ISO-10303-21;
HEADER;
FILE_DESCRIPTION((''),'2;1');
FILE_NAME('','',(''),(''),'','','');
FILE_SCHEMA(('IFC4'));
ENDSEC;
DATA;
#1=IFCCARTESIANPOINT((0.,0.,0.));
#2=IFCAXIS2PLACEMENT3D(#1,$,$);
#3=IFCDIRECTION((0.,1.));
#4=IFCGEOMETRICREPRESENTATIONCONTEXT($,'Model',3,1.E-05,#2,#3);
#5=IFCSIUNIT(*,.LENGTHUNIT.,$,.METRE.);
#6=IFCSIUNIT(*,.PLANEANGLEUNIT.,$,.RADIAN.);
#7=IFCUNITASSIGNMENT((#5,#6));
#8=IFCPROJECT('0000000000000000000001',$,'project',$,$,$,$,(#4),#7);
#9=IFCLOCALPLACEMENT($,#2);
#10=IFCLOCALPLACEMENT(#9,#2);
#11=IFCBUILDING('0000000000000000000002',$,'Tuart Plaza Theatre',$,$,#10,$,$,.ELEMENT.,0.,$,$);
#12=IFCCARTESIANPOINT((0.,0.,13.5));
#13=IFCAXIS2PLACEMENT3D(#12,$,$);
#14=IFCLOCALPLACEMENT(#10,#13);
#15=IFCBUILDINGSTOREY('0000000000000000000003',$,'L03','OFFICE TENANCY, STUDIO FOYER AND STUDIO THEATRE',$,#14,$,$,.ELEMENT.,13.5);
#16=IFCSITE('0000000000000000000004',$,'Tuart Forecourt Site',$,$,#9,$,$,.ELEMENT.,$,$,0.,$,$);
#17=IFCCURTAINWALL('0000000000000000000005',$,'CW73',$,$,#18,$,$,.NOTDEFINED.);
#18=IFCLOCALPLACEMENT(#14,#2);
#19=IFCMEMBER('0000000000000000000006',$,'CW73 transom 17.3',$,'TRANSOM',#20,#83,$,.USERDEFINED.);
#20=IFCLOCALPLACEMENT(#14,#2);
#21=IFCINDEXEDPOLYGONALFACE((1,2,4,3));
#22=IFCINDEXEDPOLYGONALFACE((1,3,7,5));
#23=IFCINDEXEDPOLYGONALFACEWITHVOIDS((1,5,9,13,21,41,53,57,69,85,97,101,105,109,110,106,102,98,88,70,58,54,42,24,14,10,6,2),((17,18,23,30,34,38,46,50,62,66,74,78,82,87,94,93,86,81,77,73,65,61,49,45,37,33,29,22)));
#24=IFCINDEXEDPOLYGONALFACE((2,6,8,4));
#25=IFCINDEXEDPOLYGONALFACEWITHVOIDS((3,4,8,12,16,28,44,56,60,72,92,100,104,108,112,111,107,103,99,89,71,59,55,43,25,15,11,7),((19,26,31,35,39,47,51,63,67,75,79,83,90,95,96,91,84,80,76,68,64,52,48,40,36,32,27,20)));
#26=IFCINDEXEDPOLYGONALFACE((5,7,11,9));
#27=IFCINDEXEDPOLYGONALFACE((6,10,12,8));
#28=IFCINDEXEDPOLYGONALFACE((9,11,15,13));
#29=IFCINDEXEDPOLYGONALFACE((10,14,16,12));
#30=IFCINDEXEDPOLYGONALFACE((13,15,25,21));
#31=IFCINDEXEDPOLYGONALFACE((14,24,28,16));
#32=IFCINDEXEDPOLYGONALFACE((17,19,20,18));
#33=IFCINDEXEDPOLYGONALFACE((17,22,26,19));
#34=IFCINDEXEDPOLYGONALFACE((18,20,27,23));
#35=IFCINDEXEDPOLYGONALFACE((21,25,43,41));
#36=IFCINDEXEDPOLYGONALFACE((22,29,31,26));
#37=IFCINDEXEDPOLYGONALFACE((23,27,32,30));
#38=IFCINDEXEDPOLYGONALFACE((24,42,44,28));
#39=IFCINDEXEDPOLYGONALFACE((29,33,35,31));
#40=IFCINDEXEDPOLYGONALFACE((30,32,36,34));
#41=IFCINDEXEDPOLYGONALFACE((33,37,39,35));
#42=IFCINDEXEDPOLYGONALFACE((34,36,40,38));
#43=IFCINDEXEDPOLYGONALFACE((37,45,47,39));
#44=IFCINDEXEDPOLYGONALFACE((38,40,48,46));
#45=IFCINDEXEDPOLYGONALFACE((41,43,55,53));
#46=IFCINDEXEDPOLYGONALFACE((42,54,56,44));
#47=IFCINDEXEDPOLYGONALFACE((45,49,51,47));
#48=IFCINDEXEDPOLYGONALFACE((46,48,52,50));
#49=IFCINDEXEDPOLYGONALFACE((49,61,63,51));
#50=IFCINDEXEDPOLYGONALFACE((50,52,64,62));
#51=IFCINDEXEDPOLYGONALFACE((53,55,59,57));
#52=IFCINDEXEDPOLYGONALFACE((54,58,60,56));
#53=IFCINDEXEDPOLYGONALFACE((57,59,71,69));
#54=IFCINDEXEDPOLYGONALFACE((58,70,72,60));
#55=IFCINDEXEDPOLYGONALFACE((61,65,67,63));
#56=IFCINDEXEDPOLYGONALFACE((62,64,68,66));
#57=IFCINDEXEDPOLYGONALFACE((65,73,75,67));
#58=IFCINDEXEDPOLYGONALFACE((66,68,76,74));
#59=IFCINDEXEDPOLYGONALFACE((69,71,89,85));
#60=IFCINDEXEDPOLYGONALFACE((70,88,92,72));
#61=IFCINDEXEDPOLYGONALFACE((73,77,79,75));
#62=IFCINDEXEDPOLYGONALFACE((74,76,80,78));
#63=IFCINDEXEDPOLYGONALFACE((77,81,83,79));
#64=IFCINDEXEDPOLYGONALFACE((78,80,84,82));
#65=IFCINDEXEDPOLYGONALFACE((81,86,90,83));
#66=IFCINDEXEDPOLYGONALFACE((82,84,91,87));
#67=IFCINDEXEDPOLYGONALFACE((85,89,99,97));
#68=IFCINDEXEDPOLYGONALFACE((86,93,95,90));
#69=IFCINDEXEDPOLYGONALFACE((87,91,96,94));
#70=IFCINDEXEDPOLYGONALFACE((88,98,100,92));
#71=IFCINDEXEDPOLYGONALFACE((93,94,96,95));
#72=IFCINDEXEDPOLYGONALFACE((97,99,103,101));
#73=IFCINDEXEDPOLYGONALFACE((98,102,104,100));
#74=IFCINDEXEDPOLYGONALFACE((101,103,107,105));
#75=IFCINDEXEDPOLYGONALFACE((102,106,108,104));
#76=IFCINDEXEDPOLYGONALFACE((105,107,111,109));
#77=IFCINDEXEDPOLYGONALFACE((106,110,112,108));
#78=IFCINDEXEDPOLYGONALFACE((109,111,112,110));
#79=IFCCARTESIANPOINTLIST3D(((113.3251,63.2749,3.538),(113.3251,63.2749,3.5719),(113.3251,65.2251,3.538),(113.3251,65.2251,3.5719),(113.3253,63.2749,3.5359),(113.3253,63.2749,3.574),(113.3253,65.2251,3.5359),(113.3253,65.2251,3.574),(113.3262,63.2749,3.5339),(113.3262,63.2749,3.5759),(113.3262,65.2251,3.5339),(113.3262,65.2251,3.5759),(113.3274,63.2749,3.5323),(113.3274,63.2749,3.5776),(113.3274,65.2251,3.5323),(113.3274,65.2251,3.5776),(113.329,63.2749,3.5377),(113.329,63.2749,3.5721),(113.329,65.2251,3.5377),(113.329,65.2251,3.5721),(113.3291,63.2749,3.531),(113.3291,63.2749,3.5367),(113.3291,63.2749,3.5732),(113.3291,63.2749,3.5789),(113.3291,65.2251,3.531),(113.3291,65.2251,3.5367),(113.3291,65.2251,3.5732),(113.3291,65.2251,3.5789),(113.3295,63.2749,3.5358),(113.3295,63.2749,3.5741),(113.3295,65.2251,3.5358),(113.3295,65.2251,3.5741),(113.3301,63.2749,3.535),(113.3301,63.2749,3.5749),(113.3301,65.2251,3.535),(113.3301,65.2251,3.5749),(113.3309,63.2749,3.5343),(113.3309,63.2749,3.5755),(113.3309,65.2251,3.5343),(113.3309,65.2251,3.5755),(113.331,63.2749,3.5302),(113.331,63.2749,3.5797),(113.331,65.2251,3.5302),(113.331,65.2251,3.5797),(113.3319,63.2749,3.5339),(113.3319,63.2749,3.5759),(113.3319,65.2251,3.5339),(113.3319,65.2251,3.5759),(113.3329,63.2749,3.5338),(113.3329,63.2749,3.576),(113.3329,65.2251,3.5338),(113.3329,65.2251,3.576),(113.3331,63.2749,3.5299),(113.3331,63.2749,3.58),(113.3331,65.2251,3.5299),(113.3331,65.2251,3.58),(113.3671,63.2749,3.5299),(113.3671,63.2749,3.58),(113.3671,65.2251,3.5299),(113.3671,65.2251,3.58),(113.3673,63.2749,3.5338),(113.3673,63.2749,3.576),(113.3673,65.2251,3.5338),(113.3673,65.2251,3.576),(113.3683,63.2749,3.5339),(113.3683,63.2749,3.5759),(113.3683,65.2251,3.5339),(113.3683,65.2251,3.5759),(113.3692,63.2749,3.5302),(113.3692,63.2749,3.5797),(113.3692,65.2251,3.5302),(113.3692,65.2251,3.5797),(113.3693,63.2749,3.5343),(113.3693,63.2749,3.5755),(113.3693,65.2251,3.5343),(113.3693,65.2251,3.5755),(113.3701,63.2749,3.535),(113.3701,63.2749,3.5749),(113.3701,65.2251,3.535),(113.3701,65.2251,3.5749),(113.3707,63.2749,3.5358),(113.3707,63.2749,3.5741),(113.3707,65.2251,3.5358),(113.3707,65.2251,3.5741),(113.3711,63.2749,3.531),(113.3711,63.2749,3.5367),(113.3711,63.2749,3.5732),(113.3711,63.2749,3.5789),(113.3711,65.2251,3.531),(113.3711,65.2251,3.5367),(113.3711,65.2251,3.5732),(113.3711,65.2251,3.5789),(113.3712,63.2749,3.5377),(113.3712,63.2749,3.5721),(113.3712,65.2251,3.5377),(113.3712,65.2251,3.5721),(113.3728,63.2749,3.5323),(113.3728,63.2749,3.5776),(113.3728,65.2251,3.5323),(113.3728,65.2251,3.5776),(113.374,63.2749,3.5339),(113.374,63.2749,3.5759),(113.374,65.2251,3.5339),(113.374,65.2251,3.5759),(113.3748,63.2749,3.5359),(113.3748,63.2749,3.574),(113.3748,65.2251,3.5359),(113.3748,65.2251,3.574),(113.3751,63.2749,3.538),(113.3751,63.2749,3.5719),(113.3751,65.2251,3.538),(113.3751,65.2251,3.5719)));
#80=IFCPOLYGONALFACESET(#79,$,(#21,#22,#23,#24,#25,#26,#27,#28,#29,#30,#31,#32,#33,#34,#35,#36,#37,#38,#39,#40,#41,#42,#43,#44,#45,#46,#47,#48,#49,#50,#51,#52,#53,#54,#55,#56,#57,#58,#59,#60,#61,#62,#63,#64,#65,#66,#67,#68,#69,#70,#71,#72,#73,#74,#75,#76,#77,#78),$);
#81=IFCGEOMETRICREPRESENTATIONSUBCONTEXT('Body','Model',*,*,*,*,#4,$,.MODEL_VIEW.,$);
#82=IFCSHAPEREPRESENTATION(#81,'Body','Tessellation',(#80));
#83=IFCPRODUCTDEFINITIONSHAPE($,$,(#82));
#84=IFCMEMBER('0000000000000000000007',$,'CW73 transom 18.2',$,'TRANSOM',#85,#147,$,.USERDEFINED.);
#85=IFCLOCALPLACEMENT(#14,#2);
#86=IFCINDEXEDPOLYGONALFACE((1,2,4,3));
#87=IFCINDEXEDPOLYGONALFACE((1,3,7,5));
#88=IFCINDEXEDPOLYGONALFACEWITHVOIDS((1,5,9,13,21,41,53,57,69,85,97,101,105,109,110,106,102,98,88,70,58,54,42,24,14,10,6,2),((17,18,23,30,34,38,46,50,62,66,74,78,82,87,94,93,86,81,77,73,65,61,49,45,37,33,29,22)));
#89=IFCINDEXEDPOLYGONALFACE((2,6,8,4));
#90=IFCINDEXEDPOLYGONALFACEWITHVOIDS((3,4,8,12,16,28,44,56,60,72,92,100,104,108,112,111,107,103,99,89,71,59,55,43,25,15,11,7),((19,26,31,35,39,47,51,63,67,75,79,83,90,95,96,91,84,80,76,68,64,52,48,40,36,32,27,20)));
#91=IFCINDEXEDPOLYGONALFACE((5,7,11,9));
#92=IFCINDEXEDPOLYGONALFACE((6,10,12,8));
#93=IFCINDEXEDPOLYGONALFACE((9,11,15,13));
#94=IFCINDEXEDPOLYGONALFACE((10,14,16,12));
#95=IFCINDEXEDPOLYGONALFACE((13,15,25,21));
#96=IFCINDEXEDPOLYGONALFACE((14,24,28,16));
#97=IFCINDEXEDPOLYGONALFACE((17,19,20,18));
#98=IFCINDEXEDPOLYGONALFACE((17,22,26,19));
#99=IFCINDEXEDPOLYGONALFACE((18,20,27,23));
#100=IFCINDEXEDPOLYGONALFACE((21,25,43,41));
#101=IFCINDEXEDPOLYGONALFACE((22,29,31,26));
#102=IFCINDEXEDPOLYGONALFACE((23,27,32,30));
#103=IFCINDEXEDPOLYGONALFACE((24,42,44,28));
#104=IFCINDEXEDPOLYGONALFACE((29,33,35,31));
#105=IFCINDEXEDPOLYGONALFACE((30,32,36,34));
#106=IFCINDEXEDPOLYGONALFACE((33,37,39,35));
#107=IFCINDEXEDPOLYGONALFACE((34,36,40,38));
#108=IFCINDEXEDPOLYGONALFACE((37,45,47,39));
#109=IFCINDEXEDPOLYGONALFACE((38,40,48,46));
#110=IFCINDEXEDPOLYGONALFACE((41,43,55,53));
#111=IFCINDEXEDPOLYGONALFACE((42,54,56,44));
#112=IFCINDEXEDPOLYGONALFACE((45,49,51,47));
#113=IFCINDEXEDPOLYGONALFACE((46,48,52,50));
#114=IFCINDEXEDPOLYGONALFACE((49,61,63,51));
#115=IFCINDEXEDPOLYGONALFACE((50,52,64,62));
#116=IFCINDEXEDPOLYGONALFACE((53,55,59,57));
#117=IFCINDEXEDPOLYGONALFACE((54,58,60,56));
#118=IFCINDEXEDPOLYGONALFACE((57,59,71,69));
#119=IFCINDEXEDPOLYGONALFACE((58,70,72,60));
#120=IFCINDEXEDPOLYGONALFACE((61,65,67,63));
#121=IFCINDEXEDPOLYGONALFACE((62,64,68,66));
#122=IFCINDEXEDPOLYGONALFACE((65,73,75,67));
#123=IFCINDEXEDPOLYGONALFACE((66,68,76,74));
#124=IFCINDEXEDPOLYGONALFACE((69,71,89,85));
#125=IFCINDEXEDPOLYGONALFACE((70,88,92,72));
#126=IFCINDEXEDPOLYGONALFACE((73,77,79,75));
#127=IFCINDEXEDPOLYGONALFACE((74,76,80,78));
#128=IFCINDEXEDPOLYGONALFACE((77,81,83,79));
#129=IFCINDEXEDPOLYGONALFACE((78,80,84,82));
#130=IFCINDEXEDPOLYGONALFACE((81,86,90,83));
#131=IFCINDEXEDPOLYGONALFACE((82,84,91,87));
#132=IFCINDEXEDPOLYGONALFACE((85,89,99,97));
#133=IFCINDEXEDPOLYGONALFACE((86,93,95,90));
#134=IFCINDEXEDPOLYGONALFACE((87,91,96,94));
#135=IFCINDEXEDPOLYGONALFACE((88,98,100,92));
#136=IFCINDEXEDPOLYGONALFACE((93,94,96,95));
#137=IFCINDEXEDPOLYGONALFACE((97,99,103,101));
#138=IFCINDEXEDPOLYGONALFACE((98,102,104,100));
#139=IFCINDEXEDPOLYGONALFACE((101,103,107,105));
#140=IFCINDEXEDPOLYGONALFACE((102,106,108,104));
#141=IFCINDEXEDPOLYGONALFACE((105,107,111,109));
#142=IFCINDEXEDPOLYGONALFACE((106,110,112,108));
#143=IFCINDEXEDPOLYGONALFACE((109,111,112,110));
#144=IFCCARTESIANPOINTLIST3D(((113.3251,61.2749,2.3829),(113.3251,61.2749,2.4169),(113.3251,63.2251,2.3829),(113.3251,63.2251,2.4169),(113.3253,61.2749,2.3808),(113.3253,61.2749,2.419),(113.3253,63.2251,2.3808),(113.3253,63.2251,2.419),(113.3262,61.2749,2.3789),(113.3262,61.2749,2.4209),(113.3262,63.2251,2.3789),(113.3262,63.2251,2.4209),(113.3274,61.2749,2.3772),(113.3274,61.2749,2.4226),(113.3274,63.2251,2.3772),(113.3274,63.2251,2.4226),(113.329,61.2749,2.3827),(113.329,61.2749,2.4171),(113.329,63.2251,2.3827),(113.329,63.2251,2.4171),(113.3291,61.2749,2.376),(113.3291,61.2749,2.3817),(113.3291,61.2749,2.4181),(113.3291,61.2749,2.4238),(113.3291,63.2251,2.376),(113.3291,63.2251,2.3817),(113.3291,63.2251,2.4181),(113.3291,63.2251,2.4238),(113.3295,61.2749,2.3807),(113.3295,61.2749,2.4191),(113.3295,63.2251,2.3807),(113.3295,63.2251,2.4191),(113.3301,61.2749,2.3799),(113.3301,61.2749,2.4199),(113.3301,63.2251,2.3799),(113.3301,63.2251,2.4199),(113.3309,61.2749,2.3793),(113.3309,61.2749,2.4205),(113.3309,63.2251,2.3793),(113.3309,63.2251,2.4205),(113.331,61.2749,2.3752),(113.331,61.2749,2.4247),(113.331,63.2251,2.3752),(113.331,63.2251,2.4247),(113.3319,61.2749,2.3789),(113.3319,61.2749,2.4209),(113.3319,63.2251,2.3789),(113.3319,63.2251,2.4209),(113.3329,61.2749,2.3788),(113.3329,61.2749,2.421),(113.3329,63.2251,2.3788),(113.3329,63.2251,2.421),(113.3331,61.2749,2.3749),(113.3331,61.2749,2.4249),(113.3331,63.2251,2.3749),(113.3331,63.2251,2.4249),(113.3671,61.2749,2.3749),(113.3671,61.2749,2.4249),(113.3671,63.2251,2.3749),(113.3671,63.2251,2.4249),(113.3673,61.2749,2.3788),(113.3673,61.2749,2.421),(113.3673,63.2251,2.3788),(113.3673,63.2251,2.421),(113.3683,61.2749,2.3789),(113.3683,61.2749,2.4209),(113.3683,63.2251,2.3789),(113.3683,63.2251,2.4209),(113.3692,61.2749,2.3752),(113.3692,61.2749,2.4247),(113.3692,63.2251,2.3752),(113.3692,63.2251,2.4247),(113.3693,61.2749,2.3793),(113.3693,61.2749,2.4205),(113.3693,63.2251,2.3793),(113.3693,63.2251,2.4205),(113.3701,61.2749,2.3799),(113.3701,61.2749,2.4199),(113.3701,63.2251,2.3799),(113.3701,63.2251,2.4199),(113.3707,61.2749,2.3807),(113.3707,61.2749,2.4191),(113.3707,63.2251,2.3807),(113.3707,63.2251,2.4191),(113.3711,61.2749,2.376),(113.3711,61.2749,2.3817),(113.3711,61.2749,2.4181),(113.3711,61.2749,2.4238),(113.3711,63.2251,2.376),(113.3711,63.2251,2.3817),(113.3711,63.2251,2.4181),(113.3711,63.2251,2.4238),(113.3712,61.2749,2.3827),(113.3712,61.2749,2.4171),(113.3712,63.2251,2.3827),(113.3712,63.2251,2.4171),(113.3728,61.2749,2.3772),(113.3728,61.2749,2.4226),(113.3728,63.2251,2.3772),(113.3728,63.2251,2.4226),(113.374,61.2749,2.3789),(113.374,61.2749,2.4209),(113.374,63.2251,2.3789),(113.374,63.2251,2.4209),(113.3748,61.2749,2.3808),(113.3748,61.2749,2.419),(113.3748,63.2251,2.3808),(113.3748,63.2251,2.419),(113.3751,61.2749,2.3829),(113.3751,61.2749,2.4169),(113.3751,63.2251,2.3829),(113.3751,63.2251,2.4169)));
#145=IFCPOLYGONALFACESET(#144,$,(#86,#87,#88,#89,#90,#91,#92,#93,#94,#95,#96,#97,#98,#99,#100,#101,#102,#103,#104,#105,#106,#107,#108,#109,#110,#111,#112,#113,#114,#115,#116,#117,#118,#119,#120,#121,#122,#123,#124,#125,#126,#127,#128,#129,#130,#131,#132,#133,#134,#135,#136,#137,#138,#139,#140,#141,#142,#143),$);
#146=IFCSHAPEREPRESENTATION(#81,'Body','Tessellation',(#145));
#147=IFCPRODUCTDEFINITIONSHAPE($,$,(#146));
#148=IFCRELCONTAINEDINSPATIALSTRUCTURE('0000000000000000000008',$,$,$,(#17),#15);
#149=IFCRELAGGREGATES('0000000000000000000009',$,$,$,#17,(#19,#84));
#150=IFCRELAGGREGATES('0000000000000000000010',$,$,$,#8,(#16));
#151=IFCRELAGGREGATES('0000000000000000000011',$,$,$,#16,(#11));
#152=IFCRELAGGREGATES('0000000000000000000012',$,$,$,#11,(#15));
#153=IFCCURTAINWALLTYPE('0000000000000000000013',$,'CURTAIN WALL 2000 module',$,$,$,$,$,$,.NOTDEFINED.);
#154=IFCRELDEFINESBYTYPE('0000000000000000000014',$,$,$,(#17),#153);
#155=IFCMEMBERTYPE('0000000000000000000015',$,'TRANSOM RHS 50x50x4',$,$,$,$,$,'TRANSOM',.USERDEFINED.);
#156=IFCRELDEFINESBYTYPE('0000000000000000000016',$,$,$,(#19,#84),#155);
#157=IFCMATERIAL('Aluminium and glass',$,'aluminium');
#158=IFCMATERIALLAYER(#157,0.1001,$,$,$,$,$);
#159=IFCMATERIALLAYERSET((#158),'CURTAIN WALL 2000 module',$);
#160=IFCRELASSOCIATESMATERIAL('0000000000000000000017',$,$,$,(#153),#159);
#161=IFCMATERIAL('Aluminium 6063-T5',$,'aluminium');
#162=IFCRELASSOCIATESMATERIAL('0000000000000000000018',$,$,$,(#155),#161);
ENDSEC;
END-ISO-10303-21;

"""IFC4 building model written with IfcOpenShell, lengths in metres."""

from ifc_helpers import new_model, si_unit, direction, frame, origin, origin_2d, place, context, subcontext, project, spatial, hollow_rectangle, extrude, material, layer, layer_set, material_profile, profile_set, type_object, element, aggregate, save


model = new_model("IFC4")

# Units and contexts
model_context = context("Model", 3, precision=1e-05, world=origin(), true_north=direction((0.0, 1.0)))
body_context = subcontext(model_context, "Body", "Model", "MODEL_VIEW")
ifc_project = project(units=[si_unit("LENGTHUNIT", "METRE"), si_unit("PLANEANGLEUNIT", "RADIAN")], contexts=[model_context])

# Site, building, storey
site_placement = place(None, origin())
site = spatial("IfcSite", under=ifc_project, at=site_placement, Name="Tuart Forecourt Site", CompositionType="ELEMENT", RefElevation=0.0)
building_placement = place(site_placement, origin())
building = spatial("IfcBuilding", under=site, at=building_placement, Name="Tuart Plaza Theatre", CompositionType="ELEMENT", ElevationOfRefHeight=0.0)
storey_placement = place(building_placement, frame((0.0, 0.0, 13.5)))
storey = spatial("IfcBuildingStorey", under=building, at=storey_placement, Name="L03", Description="OFFICE TENANCY, STUDIO FOYER AND STUDIO THEATRE", CompositionType="ELEMENT", Elevation=13.5)

# Curtain wall, members
ifc_material_1 = material(Name="Aluminium and glass", Category="aluminium")
ifc_layer_1 = layer(ifc_material_1, 0.1001)
ifc_layer_set_1 = layer_set([ifc_layer_1], Name="CURTAIN WALL 2000 module")
curtain_wall_type = type_object("IfcCurtainWallType", Name="CURTAIN WALL 2000 module", PredefinedType="NOTDEFINED", material=ifc_layer_set_1)
curtain_wall_placement = place(storey_placement, origin())
curtain_wall = element("IfcCurtainWall", 1, at=curtain_wall_placement, inside=storey, type_object=curtain_wall_type, Name="CW73", PredefinedType="NOTDEFINED")
ifc_material_2 = material(Name="Aluminium 6063-T5", Category="aluminium")
ifc_material_profile_1 = material_profile(ifc_material_2, hollow_rectangle(XDim=0.05, YDim=0.05, WallThickness=0.0039, InnerFilletRadius=0.0039, OuterFilletRadius=0.0081, at=origin_2d()), Name="RHS 50x50x4")
ifc_profile_set_1 = profile_set([ifc_material_profile_1], Name="Aluminium 6063-T5")
member_type_1 = type_object("IfcMemberType", Name="TRANSOM RHS 50x50x4", ElementType="TRANSOM", PredefinedType="USERDEFINED", material=ifc_profile_set_1)
member_1_placement = place(storey_placement, frame((113.3501, 65.2251, 3.5549), z_axis=(0.0, -1.0, 0.0), x_axis=(1.0, 0.0, 0.0)))
member_1 = element("IfcMember", 2, at=member_1_placement, type_object=member_type_1, Name="CW73 transom 17.3", ObjectType="TRANSOM", PredefinedType="USERDEFINED", context=body_context, shape_type="SweptSolid", body=[
    extrude(hollow_rectangle(XDim=0.05, YDim=0.05, WallThickness=0.0039, InnerFilletRadius=0.0039, OuterFilletRadius=0.0081, at=origin_2d()), origin(), (0.0, 0.0, 1.0), 1.9502),
])
member_2_placement = place(storey_placement, frame((113.3501, 63.2251, 2.3999), z_axis=(0.0, -1.0, 0.0), x_axis=(1.0, 0.0, 0.0)))
member_2 = element("IfcMember", 3, at=member_2_placement, type_object=member_type_1, Name="CW73 transom 18.2", ObjectType="TRANSOM", PredefinedType="USERDEFINED", context=body_context, shape_type="SweptSolid", body=[
    extrude(hollow_rectangle(XDim=0.05, YDim=0.05, WallThickness=0.0039, InnerFilletRadius=0.0039, OuterFilletRadius=0.0081, at=origin_2d()), origin(), (0.0, 0.0, 1.0), 1.9502),
])
aggregate(curtain_wall, [member_1, member_2])

save(model, "model.ifc")
